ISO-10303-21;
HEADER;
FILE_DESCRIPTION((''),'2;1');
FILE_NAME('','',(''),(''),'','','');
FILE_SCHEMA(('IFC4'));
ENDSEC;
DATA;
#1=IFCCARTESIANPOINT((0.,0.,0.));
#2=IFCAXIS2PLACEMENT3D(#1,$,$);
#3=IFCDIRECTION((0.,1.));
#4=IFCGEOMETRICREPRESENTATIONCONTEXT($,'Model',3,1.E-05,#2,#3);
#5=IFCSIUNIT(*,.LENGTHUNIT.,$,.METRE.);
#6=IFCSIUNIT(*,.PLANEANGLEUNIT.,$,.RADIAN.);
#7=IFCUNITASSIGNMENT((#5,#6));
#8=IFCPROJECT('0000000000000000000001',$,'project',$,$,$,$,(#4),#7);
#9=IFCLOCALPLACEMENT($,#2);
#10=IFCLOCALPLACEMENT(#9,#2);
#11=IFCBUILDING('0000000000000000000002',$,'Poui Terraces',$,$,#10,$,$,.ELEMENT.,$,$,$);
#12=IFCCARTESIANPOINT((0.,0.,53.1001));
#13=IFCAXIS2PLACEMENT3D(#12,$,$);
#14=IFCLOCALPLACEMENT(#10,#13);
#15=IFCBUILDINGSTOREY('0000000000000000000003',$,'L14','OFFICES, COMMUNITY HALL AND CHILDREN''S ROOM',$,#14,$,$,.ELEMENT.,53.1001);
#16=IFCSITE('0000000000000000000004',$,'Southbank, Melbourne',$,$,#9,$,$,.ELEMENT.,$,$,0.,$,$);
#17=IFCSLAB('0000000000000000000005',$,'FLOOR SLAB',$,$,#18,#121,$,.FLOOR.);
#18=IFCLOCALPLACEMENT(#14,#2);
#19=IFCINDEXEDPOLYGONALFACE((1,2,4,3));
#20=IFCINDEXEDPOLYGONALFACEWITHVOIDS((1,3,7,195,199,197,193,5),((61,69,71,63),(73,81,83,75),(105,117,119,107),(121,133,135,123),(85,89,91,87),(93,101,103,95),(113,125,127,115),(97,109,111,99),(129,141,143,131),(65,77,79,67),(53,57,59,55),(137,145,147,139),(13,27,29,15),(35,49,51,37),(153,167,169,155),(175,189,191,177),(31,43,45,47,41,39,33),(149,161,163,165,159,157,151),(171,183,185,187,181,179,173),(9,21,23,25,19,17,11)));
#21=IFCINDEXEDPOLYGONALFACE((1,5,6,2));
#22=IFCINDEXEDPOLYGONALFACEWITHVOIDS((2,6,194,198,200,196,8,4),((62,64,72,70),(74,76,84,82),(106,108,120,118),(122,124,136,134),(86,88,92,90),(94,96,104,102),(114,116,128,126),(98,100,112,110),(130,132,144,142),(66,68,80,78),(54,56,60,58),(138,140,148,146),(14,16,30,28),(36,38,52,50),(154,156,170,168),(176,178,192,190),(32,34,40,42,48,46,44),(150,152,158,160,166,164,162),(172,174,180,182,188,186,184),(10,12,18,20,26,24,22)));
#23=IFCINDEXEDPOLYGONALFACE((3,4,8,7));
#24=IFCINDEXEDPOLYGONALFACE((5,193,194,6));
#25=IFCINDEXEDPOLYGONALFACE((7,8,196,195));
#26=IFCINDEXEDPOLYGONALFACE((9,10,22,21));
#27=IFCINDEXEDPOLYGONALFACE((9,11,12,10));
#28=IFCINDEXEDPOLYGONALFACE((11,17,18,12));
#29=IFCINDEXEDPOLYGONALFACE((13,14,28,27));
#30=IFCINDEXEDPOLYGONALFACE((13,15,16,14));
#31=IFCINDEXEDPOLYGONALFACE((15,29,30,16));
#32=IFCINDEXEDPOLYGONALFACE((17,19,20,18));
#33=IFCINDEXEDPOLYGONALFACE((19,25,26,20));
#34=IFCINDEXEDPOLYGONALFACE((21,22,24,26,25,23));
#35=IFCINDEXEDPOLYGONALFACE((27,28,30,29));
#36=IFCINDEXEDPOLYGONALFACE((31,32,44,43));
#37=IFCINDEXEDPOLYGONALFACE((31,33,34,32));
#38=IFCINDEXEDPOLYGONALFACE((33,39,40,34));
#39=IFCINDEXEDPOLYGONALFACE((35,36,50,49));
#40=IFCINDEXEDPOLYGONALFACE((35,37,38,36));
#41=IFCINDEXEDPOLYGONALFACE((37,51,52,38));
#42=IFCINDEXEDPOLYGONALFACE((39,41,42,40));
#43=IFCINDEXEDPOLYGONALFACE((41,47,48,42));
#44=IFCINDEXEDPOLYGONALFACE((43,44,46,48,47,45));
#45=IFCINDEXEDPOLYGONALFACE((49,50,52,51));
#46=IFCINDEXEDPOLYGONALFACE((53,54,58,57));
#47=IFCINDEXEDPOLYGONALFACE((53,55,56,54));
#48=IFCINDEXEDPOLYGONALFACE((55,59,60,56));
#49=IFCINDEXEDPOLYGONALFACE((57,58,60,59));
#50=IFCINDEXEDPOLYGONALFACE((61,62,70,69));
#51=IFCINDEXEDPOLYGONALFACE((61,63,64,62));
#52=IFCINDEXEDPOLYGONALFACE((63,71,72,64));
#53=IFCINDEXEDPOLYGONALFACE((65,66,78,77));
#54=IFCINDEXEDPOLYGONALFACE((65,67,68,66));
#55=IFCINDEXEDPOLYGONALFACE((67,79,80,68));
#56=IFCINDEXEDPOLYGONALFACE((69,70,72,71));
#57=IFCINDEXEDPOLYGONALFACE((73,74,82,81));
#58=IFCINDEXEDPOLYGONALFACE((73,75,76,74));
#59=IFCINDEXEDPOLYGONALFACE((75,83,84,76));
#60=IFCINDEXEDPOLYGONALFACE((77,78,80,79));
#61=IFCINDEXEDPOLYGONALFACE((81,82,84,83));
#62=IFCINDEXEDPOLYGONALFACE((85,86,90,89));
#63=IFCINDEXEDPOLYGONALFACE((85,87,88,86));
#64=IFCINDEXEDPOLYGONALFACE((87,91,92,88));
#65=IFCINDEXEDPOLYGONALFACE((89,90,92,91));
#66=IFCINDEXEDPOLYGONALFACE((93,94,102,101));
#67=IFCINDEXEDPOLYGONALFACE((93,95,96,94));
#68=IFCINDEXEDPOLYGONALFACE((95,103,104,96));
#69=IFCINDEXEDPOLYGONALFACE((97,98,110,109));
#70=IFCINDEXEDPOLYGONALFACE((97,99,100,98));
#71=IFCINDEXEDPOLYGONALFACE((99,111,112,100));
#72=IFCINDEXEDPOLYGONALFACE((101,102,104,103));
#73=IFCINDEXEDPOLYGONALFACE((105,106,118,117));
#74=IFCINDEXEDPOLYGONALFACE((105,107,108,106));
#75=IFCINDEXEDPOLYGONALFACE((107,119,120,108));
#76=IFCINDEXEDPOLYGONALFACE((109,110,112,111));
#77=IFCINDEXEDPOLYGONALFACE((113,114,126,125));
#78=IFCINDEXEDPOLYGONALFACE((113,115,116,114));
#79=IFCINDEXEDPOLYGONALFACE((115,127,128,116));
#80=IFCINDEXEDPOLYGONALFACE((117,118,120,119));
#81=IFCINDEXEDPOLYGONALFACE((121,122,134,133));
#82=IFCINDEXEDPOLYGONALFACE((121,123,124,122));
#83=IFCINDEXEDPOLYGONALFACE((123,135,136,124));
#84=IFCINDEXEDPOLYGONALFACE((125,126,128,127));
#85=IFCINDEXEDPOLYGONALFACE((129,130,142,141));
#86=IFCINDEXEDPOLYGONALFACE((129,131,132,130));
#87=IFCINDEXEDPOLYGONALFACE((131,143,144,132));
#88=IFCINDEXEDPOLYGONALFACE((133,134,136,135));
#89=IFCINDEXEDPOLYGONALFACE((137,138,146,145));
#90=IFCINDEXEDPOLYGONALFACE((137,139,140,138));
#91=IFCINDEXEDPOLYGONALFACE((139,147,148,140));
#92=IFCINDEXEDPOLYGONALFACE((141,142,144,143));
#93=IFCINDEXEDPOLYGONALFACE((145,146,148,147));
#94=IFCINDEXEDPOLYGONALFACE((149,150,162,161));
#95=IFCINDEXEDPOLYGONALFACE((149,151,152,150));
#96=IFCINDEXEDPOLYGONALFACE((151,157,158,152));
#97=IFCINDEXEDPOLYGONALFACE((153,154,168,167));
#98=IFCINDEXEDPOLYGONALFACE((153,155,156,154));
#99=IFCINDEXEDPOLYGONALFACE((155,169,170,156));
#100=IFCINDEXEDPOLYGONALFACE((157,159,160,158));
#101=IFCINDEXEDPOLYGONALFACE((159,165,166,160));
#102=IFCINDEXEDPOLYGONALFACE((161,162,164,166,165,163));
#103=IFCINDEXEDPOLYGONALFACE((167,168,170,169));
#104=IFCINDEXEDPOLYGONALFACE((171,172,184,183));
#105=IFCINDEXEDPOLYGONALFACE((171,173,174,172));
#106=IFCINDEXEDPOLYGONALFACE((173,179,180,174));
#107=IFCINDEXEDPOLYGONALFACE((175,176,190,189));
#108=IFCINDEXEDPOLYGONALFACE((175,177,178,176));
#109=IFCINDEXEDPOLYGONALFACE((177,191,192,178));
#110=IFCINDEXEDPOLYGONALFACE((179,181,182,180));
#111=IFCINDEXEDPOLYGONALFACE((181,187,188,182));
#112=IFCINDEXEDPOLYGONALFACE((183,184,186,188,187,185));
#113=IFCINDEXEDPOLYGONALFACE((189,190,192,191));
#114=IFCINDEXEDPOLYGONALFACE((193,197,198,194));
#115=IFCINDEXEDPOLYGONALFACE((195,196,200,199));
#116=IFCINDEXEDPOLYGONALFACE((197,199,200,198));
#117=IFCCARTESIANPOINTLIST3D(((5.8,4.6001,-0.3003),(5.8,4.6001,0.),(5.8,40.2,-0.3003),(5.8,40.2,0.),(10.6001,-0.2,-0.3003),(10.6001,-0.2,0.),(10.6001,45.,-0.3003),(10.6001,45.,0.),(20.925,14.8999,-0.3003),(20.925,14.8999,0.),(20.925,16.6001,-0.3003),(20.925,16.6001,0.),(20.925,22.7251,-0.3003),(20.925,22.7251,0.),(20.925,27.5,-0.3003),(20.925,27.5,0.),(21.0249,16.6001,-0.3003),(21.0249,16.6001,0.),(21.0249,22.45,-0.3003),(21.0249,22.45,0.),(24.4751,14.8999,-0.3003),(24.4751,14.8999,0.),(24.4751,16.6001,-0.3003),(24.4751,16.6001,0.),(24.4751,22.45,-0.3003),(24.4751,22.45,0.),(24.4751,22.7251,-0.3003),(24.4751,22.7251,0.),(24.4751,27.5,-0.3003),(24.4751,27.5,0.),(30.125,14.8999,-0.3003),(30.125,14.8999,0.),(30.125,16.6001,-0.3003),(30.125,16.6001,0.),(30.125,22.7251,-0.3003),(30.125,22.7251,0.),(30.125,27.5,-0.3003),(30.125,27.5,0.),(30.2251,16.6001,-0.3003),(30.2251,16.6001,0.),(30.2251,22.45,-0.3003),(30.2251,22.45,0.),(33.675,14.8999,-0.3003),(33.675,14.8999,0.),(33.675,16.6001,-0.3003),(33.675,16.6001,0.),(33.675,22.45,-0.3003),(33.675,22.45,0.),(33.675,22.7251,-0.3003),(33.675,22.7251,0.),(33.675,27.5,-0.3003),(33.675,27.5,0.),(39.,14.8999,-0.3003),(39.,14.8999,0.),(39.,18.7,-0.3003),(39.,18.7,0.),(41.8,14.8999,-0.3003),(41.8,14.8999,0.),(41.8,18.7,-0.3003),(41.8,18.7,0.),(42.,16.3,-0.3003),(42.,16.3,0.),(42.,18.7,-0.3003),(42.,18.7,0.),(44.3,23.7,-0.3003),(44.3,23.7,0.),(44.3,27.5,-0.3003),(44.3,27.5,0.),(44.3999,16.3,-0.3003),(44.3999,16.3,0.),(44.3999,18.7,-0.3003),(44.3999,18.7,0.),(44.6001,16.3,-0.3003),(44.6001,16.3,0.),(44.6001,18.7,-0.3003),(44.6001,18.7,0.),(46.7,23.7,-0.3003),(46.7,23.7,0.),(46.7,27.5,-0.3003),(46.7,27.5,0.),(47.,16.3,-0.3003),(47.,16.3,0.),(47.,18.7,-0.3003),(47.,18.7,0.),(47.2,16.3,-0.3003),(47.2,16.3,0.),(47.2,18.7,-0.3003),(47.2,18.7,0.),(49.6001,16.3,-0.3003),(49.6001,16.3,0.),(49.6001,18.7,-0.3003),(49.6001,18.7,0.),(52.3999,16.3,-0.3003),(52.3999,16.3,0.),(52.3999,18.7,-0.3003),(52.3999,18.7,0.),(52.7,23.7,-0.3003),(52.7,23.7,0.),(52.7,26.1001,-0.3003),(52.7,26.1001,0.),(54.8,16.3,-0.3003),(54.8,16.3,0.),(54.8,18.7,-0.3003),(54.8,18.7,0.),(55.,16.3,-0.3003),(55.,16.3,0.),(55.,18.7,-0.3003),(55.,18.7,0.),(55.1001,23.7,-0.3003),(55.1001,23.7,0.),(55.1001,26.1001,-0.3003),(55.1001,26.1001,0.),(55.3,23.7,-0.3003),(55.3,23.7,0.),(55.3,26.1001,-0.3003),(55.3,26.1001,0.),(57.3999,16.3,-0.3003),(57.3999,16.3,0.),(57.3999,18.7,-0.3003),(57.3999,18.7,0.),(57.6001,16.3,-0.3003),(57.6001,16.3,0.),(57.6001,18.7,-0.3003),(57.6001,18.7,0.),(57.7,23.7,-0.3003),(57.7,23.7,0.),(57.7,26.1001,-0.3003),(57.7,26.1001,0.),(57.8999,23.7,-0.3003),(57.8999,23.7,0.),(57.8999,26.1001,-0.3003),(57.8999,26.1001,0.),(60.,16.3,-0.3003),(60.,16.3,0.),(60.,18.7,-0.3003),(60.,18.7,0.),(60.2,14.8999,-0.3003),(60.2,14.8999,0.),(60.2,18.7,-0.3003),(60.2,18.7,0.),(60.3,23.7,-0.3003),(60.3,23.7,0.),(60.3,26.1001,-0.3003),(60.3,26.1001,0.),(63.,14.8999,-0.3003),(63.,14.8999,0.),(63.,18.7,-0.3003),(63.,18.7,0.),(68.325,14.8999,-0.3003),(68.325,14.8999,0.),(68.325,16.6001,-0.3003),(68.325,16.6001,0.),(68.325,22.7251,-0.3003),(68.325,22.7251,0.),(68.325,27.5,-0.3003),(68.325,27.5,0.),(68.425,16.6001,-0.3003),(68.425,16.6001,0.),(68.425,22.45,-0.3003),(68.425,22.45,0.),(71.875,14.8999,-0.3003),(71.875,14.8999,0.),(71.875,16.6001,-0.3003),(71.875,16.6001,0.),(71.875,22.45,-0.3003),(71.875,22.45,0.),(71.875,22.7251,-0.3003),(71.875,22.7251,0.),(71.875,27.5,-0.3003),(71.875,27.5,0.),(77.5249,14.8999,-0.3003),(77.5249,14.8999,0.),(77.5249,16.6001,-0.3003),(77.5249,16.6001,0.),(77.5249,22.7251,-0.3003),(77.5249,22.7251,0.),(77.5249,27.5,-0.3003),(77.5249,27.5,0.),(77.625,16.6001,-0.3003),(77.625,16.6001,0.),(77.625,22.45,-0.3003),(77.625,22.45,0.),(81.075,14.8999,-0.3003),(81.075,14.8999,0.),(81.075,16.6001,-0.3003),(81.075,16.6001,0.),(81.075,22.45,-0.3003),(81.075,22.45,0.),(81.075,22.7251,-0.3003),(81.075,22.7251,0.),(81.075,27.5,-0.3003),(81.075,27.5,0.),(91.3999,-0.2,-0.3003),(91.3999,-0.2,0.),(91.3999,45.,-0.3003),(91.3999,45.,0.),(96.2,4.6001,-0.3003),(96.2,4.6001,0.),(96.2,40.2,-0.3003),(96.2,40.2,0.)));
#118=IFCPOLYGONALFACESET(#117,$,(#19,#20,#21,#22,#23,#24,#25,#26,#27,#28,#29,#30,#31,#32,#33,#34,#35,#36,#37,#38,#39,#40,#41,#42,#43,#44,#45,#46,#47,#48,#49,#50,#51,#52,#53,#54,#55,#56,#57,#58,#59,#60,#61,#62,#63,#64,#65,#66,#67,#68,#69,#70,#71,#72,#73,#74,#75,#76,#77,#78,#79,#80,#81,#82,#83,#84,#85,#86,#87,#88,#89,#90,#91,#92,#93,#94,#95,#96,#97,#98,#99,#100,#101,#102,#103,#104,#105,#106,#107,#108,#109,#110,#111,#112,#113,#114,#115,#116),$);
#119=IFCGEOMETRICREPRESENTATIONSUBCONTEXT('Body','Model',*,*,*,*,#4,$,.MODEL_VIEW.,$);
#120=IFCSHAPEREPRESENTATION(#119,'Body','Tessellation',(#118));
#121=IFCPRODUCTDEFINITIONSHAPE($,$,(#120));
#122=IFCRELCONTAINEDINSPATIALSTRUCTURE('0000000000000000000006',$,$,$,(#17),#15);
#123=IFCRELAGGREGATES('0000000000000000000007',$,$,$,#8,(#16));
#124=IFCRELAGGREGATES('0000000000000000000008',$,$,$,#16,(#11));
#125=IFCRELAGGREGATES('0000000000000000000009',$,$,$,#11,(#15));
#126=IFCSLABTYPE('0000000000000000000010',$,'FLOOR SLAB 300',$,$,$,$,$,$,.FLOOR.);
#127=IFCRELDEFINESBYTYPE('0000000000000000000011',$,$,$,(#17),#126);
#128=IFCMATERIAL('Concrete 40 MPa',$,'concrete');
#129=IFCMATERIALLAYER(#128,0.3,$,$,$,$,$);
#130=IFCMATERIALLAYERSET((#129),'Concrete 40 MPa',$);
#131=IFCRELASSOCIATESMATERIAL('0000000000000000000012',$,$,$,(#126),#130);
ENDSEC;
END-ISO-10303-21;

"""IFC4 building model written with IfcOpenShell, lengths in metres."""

from ifc_helpers import new_model, si_unit, direction, frame, origin, place, context, subcontext, project, spatial, polyline, outline, extrude, source, transform, mapped, material, layer, layer_set, type_object, element, save


model = new_model("IFC4")

# Units and contexts
model_context = context("Model", 3, precision=1e-05, world=origin(), true_north=direction((0.0, 1.0)))
body_context = subcontext(model_context, "Body", "Model", "MODEL_VIEW")
ifc_project = project(units=[si_unit("LENGTHUNIT", "METRE"), si_unit("PLANEANGLEUNIT", "RADIAN")], contexts=[model_context])

# Site, building, storey
site_placement = place(None, origin())
site = spatial("IfcSite", under=ifc_project, at=site_placement, Name="Southbank, Melbourne", CompositionType="ELEMENT", RefElevation=0.0)
building_placement = place(site_placement, origin())
building = spatial("IfcBuilding", under=site, at=building_placement, Name="Poui Terraces", CompositionType="ELEMENT")
storey_placement = place(building_placement, frame((0.0, 0.0, 53.1001)))
storey = spatial("IfcBuildingStorey", under=building, at=storey_placement, Name="L14", Description="OFFICES, COMMUNITY HALL AND CHILDREN'S ROOM", CompositionType="ELEMENT", Elevation=53.1001)

# Slab
ifc_material_1 = material(Name="Concrete 40 MPa", Category="concrete")
ifc_layer_1 = layer(ifc_material_1, 0.3)
ifc_layer_set_1 = layer_set([ifc_layer_1], Name="Concrete 40 MPa")
slab_type = type_object("IfcSlabType", Name="FLOOR SLAB 300", PredefinedType="FLOOR", material=ifc_layer_set_1)
shared_shape_1 = source(origin(), body_context, "Body", "SweptSolid", [
    extrude(outline(polyline([(0.0, 0.0), (4.8, -4.8), (85.5999, -4.8), (90.3999, 0.0), (90.3999, 35.5999), (85.5999, 40.3999), (4.8, 40.3999), (0.0, 35.5999), (0.0, 0.0)]), holes=[polyline([(33.2, 10.2998), (33.2, 14.0999), (36.0, 14.0999), (36.0, 10.2998), (33.2, 10.2998)]), polyline([(36.2, 11.7), (36.2, 14.0999), (38.5999, 14.0999), (38.5999, 11.7), (36.2, 11.7)]), polyline([(38.8, 11.7), (38.8, 14.0999), (41.2, 14.0999), (41.2, 11.7), (38.8, 11.7)]), polyline([(41.3999, 14.0999), (43.8, 14.0999), (43.8, 11.7), (41.3999, 11.7), (41.3999, 14.0999)]), polyline([(46.5999, 14.0999), (49.0, 14.0999), (49.0, 11.7), (46.5999, 11.7), (46.5999, 14.0999)]), polyline([(15.2249, 17.8499), (18.675, 17.8499), (18.675, 12.0), (18.675, 10.2998), (15.125, 10.2998), (15.125, 12.0), (15.2249, 12.0), (15.2249, 17.8499)]), polyline([(24.425, 17.8499), (27.875, 17.8499), (27.875, 12.0), (27.875, 10.2998), (24.325, 10.2998), (24.325, 12.0), (24.425, 12.0), (24.425, 17.8499)]), polyline([(15.125, 18.125), (15.125, 22.8999), (18.675, 22.8999), (18.675, 18.125), (15.125, 18.125)]), polyline([(24.325, 22.8999), (27.875, 22.8999), (27.875, 18.125), (24.325, 18.125), (24.325, 22.8999)]), polyline([(38.5, 22.8999), (40.8999, 22.8999), (40.8999, 19.0999), (38.5, 19.0999), (38.5, 22.8999)]), polyline([(54.3999, 10.2998), (54.3999, 14.0999), (57.2, 14.0999), (57.2, 10.2998), (54.3999, 10.2998)]), polyline([(49.2, 11.7), (49.2, 14.0999), (51.5999, 14.0999), (51.5999, 11.7), (49.2, 11.7)]), polyline([(51.8, 11.7), (51.8, 14.0999), (54.2, 14.0999), (54.2, 11.7), (51.8, 11.7)]), polyline([(66.075, 17.8499), (66.075, 12.0), (66.075, 10.2998), (62.5249, 10.2998), (62.5249, 12.0), (62.625, 12.0), (62.625, 17.8499), (66.075, 17.8499)]), polyline([(75.2749, 17.8499), (75.2749, 12.0), (75.2749, 10.2998), (71.7249, 10.2998), (71.7249, 12.0), (71.825, 12.0), (71.825, 17.8499), (75.2749, 17.8499)]), polyline([(46.8999, 19.0999), (46.8999, 21.5), (49.3, 21.5), (49.3, 19.0999), (46.8999, 19.0999)]), polyline([(49.5, 19.0999), (49.5, 21.5), (51.8999, 21.5), (51.8999, 19.0999), (49.5, 19.0999)]), polyline([(52.0999, 19.0999), (52.0999, 21.5), (54.5, 21.5), (54.5, 19.0999), (52.0999, 19.0999)]), polyline([(62.5249, 22.8999), (66.075, 22.8999), (66.075, 18.125), (62.5249, 18.125), (62.5249, 22.8999)]), polyline([(71.7249, 22.8999), (75.2749, 22.8999), (75.2749, 18.125), (71.7249, 18.125), (71.7249, 22.8999)])]), origin(), (0.0, 0.0, 1.0), 0.3003),
])
slab_placement = place(storey_placement, frame((5.8, 4.6001, -0.3003)))
element("IfcSlab", 1, at=slab_placement, inside=storey, type_object=slab_type, Name="FLOOR SLAB", PredefinedType="FLOOR", context=body_context, shape_type="MappedRepresentation", body=[
    mapped(shared_shape_1, transform((0.0, 0.0, 0.0))),
])

save(model, "model.ifc")
